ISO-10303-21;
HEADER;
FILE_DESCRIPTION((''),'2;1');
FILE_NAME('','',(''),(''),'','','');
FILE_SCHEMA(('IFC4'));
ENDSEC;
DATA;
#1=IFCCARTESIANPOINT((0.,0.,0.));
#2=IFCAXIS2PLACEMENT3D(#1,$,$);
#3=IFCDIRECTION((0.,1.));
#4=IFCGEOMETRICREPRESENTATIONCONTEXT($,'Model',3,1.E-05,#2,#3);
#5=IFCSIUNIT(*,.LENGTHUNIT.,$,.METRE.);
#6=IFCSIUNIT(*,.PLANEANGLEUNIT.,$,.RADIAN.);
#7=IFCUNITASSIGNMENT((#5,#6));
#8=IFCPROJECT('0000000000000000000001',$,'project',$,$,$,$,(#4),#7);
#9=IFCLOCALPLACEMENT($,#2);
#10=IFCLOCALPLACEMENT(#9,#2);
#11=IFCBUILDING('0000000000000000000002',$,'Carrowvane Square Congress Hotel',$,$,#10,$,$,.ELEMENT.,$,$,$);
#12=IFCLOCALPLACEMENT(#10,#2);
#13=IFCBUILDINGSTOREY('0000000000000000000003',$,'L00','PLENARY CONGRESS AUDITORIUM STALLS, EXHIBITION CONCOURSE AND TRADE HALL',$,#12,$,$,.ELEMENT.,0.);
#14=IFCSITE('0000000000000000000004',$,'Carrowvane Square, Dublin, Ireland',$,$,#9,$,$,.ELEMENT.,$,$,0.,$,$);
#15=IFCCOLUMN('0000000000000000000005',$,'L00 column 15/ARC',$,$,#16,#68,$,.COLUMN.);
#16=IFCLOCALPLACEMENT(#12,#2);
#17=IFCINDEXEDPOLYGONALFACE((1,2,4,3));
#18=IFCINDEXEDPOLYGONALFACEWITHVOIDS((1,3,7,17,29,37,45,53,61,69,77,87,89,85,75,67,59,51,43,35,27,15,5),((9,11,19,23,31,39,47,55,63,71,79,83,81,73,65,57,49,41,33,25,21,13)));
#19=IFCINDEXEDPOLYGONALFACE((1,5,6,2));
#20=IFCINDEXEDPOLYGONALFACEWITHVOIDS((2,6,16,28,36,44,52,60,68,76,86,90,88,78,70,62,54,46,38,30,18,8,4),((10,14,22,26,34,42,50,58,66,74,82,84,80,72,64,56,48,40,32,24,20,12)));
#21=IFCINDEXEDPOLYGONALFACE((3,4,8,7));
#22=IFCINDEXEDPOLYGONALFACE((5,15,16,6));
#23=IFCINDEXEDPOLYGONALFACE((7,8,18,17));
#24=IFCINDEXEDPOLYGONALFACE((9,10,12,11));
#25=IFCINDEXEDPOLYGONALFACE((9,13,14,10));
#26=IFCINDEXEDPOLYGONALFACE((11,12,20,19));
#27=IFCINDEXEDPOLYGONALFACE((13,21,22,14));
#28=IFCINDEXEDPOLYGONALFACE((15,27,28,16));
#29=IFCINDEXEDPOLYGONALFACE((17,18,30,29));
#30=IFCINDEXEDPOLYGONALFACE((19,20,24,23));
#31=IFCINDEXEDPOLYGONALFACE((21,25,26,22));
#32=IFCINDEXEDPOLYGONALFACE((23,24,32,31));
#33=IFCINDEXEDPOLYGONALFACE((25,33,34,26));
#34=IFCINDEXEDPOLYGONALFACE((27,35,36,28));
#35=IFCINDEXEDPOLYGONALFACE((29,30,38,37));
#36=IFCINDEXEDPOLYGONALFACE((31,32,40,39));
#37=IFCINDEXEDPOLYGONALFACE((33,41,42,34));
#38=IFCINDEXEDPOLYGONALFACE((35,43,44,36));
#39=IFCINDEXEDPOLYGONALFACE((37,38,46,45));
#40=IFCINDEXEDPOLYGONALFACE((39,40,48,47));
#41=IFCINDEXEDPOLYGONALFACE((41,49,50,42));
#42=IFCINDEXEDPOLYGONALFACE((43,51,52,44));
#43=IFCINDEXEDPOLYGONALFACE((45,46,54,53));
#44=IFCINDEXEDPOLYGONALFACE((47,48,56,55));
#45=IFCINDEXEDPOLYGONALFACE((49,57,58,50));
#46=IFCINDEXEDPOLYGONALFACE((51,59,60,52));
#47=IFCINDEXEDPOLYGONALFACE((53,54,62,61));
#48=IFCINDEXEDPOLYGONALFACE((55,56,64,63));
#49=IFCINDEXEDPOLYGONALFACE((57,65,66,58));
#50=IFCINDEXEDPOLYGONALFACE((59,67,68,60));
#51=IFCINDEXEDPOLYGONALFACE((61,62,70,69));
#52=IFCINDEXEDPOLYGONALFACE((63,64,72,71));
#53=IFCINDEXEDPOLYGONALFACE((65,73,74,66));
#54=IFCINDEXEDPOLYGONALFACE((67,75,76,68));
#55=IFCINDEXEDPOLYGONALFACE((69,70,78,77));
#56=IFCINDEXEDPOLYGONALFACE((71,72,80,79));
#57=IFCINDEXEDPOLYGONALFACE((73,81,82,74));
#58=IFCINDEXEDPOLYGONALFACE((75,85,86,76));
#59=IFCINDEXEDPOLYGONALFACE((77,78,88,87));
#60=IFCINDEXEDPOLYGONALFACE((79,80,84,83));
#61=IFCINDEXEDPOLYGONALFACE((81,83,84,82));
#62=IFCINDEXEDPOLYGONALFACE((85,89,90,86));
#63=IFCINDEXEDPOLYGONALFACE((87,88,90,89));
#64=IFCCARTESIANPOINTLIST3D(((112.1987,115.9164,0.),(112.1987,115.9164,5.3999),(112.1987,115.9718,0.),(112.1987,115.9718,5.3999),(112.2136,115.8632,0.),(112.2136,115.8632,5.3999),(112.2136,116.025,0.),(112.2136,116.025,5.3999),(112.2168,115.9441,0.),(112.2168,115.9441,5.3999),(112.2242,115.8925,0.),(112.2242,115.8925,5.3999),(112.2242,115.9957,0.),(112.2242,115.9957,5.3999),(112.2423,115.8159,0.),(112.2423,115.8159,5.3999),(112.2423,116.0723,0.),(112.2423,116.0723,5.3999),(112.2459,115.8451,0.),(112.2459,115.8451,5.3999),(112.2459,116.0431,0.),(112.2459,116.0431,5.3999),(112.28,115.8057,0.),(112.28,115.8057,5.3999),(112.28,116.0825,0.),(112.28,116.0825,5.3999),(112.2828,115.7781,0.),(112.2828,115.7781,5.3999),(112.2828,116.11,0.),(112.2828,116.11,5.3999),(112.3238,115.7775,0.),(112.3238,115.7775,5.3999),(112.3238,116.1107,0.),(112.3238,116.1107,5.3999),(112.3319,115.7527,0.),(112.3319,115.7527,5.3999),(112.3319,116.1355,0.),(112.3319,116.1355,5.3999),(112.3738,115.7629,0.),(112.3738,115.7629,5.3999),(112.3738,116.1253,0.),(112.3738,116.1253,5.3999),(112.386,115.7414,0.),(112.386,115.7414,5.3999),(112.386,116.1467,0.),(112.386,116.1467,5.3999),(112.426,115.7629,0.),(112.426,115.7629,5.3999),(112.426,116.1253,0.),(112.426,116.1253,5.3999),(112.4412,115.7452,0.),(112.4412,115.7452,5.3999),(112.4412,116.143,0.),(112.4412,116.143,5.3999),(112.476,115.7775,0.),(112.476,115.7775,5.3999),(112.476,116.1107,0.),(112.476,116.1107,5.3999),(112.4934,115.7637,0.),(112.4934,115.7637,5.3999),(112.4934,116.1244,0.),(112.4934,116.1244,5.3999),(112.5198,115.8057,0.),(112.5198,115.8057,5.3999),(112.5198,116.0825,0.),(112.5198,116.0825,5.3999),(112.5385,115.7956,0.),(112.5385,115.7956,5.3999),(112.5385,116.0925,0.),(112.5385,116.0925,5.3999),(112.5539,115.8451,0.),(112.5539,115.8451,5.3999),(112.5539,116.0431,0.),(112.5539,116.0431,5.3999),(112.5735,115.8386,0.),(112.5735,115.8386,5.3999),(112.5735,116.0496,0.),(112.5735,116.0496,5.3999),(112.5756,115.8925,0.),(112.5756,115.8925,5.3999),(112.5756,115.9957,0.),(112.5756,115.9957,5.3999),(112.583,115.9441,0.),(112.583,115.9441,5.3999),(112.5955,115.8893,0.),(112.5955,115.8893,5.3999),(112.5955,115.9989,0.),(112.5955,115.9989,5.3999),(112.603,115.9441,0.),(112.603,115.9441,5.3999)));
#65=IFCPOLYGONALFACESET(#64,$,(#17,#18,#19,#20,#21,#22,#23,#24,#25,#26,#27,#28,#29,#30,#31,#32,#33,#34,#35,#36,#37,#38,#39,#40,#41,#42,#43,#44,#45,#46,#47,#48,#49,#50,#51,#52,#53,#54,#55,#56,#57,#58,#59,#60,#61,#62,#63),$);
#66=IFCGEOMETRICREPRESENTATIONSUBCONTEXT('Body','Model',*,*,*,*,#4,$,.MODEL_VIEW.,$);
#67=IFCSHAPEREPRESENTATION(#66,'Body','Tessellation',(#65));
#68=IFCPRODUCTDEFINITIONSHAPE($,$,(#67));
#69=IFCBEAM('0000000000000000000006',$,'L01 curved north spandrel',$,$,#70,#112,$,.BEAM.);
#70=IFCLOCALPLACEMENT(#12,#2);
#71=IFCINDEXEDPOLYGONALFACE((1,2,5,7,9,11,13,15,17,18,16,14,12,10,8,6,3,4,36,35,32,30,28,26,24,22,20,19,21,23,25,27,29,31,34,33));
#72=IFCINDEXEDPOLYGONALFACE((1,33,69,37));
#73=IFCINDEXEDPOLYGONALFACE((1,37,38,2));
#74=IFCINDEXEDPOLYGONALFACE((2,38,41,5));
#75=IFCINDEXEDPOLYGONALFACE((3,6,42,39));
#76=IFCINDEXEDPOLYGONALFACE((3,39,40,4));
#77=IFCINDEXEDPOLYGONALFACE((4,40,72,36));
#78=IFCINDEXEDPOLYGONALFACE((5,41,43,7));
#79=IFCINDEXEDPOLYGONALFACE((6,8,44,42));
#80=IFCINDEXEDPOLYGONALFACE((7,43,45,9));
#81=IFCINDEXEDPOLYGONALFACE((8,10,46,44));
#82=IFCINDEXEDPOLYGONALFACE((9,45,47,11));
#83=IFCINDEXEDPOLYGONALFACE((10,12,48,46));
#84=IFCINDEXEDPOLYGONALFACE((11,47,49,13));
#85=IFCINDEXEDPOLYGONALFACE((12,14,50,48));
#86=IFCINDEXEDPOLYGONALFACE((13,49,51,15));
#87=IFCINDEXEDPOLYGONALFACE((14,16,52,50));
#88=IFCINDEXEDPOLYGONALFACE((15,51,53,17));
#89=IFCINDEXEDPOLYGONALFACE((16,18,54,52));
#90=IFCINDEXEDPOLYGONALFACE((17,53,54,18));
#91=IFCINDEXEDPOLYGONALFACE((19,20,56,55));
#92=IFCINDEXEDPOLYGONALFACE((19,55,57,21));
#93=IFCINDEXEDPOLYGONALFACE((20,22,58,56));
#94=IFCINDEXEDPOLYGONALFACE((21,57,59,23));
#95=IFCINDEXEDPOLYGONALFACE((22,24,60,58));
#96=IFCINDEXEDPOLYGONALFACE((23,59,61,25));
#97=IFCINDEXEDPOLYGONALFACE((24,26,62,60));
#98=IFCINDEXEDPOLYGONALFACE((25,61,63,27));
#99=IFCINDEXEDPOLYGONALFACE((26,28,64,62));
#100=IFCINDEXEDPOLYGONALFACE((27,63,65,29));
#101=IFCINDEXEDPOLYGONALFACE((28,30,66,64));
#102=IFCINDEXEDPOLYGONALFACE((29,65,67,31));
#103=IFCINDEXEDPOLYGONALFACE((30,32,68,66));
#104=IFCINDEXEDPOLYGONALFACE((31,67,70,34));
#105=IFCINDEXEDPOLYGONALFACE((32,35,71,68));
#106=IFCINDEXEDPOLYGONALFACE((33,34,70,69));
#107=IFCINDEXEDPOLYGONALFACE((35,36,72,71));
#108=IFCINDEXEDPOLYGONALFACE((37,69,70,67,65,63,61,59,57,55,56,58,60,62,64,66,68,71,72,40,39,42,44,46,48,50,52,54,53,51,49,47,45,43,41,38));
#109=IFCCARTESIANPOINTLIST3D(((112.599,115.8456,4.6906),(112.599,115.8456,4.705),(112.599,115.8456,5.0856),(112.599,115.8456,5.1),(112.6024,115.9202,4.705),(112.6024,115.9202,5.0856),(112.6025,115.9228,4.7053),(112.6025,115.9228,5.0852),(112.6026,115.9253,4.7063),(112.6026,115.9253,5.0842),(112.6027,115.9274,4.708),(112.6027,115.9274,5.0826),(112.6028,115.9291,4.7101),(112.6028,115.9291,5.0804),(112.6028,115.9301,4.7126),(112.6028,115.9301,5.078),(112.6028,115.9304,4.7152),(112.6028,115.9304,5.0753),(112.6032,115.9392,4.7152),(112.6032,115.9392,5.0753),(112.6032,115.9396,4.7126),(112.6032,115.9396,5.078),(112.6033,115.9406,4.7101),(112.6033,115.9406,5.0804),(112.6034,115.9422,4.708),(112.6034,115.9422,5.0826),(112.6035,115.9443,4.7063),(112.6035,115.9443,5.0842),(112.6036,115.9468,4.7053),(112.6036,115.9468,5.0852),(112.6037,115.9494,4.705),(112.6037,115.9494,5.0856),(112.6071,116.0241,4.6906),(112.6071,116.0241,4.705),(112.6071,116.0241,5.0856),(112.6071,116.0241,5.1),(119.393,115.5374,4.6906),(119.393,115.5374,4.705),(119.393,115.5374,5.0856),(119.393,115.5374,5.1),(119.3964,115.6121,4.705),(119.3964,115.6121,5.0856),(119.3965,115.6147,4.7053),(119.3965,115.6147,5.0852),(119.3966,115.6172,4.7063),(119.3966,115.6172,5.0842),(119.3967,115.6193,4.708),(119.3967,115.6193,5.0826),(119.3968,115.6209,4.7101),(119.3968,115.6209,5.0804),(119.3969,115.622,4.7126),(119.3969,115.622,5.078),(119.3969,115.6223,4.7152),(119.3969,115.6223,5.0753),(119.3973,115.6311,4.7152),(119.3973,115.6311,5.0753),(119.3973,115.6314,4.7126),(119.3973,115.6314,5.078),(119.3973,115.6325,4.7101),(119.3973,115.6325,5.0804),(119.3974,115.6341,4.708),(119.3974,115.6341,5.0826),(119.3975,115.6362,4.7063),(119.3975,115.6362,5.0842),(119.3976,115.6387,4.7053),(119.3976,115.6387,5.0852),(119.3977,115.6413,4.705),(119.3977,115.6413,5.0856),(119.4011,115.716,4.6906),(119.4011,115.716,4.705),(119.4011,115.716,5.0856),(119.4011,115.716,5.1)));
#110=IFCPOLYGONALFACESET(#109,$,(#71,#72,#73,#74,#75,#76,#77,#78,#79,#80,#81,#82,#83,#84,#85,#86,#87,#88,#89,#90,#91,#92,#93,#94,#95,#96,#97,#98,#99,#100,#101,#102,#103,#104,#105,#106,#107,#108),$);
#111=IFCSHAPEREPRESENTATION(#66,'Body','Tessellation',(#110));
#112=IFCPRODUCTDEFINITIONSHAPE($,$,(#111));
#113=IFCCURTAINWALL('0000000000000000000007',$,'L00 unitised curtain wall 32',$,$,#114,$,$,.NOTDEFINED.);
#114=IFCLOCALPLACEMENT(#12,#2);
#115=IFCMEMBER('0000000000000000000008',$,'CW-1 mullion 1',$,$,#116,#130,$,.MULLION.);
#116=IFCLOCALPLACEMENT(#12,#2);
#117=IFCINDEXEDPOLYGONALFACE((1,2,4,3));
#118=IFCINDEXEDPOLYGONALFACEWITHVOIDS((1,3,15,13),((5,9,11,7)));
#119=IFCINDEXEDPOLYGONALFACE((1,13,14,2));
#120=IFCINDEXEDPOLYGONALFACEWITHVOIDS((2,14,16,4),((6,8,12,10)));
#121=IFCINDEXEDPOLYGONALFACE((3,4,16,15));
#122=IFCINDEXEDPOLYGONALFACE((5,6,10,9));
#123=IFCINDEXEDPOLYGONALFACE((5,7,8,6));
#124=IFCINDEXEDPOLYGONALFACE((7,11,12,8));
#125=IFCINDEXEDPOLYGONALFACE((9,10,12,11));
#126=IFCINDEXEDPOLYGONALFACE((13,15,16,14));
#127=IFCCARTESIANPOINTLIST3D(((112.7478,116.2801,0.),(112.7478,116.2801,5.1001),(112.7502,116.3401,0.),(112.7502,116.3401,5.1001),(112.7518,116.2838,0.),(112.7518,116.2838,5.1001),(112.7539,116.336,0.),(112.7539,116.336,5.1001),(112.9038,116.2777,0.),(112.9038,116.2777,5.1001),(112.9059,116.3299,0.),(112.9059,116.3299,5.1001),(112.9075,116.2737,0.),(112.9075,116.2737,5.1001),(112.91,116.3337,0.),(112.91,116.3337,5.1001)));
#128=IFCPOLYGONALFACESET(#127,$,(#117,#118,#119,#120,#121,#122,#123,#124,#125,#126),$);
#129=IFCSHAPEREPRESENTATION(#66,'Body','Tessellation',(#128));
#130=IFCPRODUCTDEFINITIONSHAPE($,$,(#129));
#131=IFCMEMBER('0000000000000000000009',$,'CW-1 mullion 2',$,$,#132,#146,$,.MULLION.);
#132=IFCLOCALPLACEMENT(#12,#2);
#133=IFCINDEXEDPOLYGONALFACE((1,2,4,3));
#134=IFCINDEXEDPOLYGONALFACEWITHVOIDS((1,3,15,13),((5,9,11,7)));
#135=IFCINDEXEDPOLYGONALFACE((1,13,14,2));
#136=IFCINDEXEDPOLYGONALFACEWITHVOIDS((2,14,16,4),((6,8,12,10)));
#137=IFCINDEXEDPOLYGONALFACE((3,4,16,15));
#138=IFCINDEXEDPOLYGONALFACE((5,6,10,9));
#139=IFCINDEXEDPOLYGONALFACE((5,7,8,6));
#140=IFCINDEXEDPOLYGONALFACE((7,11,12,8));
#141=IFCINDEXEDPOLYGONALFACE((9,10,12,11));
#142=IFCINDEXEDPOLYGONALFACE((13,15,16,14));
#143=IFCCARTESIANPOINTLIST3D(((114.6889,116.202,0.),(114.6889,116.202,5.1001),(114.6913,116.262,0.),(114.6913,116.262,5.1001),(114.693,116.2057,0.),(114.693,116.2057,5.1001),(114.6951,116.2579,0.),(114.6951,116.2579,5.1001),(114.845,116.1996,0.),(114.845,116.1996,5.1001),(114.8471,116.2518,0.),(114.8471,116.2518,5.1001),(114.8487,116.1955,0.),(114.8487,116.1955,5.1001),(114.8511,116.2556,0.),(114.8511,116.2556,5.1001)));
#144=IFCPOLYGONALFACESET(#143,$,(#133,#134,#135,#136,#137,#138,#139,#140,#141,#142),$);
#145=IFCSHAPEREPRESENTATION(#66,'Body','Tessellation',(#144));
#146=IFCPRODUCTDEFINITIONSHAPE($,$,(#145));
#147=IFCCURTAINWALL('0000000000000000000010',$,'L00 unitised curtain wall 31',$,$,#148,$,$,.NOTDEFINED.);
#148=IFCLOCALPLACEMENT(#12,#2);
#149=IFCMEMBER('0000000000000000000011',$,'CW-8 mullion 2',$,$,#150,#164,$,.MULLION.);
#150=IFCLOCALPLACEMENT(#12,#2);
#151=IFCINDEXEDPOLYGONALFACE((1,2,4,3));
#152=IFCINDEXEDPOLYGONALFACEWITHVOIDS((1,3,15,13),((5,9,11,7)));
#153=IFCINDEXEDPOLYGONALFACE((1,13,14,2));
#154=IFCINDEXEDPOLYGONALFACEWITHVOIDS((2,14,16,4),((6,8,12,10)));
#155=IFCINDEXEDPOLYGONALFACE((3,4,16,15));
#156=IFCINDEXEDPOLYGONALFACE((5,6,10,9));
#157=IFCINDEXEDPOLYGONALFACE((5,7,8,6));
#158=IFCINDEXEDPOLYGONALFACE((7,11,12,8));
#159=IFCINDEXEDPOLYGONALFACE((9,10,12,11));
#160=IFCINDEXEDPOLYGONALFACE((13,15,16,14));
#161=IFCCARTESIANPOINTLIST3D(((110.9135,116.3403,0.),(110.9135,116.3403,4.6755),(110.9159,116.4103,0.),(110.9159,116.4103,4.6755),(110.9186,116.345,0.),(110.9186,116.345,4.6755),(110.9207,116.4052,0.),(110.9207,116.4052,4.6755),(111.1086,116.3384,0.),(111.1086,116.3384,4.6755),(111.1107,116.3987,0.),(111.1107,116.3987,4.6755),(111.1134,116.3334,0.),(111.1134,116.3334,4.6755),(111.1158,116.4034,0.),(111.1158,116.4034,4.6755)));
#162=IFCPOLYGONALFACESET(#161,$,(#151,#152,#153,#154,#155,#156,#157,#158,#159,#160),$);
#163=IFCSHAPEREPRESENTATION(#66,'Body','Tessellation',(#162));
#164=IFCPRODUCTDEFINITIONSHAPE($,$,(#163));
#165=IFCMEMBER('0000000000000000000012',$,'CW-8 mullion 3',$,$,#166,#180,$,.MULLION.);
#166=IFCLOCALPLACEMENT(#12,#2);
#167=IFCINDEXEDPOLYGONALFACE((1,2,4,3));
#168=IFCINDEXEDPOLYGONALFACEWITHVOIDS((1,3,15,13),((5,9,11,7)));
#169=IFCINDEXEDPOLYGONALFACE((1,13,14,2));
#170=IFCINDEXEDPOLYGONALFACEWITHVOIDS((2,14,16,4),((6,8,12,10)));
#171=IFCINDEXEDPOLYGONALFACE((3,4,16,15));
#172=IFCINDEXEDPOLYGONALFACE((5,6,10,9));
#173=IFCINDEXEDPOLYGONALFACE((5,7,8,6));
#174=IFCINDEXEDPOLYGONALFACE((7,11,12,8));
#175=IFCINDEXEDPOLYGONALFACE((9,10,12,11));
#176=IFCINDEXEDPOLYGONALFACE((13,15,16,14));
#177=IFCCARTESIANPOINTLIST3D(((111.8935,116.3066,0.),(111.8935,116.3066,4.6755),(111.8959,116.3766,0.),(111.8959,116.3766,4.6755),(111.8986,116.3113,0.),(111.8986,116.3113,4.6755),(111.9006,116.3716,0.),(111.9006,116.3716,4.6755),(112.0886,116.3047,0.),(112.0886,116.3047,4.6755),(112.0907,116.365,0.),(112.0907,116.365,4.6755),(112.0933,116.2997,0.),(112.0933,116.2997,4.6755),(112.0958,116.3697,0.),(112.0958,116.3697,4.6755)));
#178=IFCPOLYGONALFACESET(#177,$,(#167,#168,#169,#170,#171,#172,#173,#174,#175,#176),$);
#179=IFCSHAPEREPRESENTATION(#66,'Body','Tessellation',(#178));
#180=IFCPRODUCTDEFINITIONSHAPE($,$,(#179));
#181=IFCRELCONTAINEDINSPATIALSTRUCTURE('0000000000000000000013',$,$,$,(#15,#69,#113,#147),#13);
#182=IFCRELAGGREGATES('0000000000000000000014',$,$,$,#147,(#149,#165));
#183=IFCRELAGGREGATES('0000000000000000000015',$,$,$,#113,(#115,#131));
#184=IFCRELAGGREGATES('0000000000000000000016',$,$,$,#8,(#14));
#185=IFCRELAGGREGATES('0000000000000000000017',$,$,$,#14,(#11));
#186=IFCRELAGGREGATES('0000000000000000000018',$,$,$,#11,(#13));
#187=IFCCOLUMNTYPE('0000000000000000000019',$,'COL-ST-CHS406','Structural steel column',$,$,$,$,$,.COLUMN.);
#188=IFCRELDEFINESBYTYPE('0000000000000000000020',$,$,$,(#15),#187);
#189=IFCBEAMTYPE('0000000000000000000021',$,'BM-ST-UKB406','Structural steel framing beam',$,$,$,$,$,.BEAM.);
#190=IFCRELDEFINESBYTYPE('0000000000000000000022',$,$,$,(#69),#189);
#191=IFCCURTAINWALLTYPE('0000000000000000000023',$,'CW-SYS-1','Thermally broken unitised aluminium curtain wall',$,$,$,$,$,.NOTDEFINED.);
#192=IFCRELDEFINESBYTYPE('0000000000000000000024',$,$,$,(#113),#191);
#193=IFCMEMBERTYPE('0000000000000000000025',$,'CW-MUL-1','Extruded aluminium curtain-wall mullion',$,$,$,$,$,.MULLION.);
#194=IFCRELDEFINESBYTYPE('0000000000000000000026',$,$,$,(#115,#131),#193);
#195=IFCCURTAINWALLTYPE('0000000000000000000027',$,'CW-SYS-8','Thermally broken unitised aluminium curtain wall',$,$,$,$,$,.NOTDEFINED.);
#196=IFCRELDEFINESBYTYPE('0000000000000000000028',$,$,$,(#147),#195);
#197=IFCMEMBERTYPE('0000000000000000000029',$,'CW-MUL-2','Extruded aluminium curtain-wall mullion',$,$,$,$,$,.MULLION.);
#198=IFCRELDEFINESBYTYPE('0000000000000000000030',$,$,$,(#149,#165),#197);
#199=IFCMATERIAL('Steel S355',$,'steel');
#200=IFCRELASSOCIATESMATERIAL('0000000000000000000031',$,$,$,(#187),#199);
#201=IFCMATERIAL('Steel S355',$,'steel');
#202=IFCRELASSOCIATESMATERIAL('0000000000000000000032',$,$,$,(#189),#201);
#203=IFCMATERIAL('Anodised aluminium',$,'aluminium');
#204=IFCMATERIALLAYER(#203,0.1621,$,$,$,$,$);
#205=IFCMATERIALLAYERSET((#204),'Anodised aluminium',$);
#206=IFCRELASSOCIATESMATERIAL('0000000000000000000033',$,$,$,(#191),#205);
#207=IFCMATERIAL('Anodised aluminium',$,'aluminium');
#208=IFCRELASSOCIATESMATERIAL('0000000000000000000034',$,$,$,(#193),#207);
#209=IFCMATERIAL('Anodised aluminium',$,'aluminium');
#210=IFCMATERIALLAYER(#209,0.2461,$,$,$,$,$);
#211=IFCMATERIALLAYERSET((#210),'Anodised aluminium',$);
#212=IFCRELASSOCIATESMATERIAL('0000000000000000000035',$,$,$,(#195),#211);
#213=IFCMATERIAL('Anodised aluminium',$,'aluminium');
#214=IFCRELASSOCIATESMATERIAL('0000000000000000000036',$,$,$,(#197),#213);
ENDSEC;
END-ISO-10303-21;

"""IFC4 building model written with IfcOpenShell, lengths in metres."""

from ifc_helpers import new_model, si_unit, direction, frame, origin, origin_2d, place, context, subcontext, project, spatial, hollow_rectangle, hollow_circle, i_section, extrude, material, layer, layer_set, material_profile, profile_set, type_object, element, aggregate, save


model = new_model("IFC4")

# Units and contexts
model_context = context("Model", 3, precision=1e-05, world=origin(), true_north=direction((0.0, 1.0)))
body_context = subcontext(model_context, "Body", "Model", "MODEL_VIEW")
ifc_project = project(units=[si_unit("LENGTHUNIT", "METRE"), si_unit("PLANEANGLEUNIT", "RADIAN")], contexts=[model_context])

# Site, building, storey
site_placement = place(None, origin())
site = spatial("IfcSite", under=ifc_project, at=site_placement, Name="Carrowvane Square, Dublin, Ireland", CompositionType="ELEMENT", RefElevation=0.0)
building_placement = place(site_placement, origin())
building = spatial("IfcBuilding", under=site, at=building_placement, Name="Carrowvane Square Congress Hotel", CompositionType="ELEMENT")
storey_placement = place(building_placement, origin())
storey = spatial("IfcBuildingStorey", under=building, at=storey_placement, Name="L00", Description="PLENARY CONGRESS AUDITORIUM STALLS, EXHIBITION CONCOURSE AND TRADE HALL", CompositionType="ELEMENT", Elevation=0.0)

# Column
ifc_material_1 = material(Name="Steel S355", Category="steel")
ifc_material_profile_1 = material_profile(ifc_material_1, hollow_circle(Radius=0.2031, WallThickness=0.02, at=origin_2d()), Name="CHS 406.4x20")
ifc_profile_set_1 = profile_set([ifc_material_profile_1], Name="Steel S355")
column_type = type_object("IfcColumnType", Name="COL-ST-CHS406", Description="Structural steel column", PredefinedType="COLUMN", material=ifc_profile_set_1)
column_placement = place(storey_placement, frame((112.3999, 115.9441, 0.0), z_axis=(0.0, 0.0, 1.0), x_axis=(1.0, 0.0, 0.0)))
element("IfcColumn", 1, at=column_placement, inside=storey, type_object=column_type, Name="L00 column 15/ARC", PredefinedType="COLUMN", context=body_context, shape_type="SweptSolid", body=[
    extrude(hollow_circle(Radius=0.2031, WallThickness=0.02, at=origin_2d()), origin(), (0.0, 0.0, 1.0), 5.3999),
])

# Beam
ifc_material_2 = material(Name="Steel S355", Category="steel")
ifc_material_profile_2 = material_profile(ifc_material_2, i_section(OverallWidth=0.1787, OverallDepth=0.4094, WebThickness=0.0088, FlangeThickness=0.0144, FilletRadius=0.0103, at=origin_2d()), Name="UKB 406x178x67")
ifc_profile_set_2 = profile_set([ifc_material_profile_2], Name="Steel S355")
beam_type = type_object("IfcBeamType", Name="BM-ST-UKB406", Description="Structural steel framing beam", PredefinedType="BEAM", material=ifc_profile_set_2)
beam_placement = place(storey_placement, frame((112.603, 115.9348, 4.8953), z_axis=(0.998973, -0.045303, 0.0), x_axis=(0.045303, 0.998973, 0.0)))
element("IfcBeam", 2, at=beam_placement, inside=storey, type_object=beam_type, Name="L01 curved north spandrel", PredefinedType="BEAM", context=body_context, shape_type="SweptSolid", body=[
    extrude(i_section(OverallWidth=0.1787, OverallDepth=0.4094, WebThickness=0.0088, FlangeThickness=0.0144, FilletRadius=0.0103, at=origin_2d()), origin(), (0.0, 0.0, 1.0), 6.801),
])

# Curtain walls, members
ifc_material_3 = material(Name="Anodised aluminium", Category="aluminium")
ifc_layer_1 = layer(ifc_material_3, 0.1621)
ifc_layer_set_1 = layer_set([ifc_layer_1], Name="Anodised aluminium")
curtain_wall_type_1 = type_object("IfcCurtainWallType", Name="CW-SYS-1", Description="Thermally broken unitised aluminium curtain wall", PredefinedType="NOTDEFINED", material=ifc_layer_set_1)
curtain_wall_1_placement = place(storey_placement, origin())
curtain_wall_1 = element("IfcCurtainWall", 3, at=curtain_wall_1_placement, inside=storey, type_object=curtain_wall_type_1, Name="L00 unitised curtain wall 32", PredefinedType="NOTDEFINED")
ifc_material_4 = material(Name="Anodised aluminium", Category="aluminium")
ifc_material_profile_3 = material_profile(ifc_material_4, hollow_rectangle(XDim=0.0601, YDim=0.1599, WallThickness=0.0039, at=origin_2d()), Name="CW-ML 60x160x4")
ifc_profile_set_3 = profile_set([ifc_material_profile_3], Name="Anodised aluminium")
member_type_1 = type_object("IfcMemberType", Name="CW-MUL-1", Description="Extruded aluminium curtain-wall mullion", PredefinedType="MULLION", material=ifc_profile_set_3)
member_1_placement = place(storey_placement, frame((112.8289, 116.3069, 0.0), z_axis=(0.0, 0.0, 1.0), x_axis=(0.040131, 0.999194, 0.0)))
member_1 = element("IfcMember", 4, at=member_1_placement, type_object=member_type_1, Name="CW-1 mullion 1", PredefinedType="MULLION", context=body_context, shape_type="SweptSolid", body=[
    extrude(hollow_rectangle(XDim=0.0601, YDim=0.1599, WallThickness=0.0039, at=origin_2d()), origin(), (0.0, 0.0, 1.0), 5.1001),
])
member_2_placement = place(storey_placement, frame((114.77, 116.2288, 0.0), z_axis=(0.0, 0.0, 1.0), x_axis=(0.040131, 0.999194, 0.0)))
member_2 = element("IfcMember", 5, at=member_2_placement, type_object=member_type_1, Name="CW-1 mullion 2", PredefinedType="MULLION", context=body_context, shape_type="SweptSolid", body=[
    extrude(hollow_rectangle(XDim=0.0601, YDim=0.1599, WallThickness=0.0039, at=origin_2d()), origin(), (0.0, 0.0, 1.0), 5.1001),
])
ifc_material_5 = material(Name="Anodised aluminium", Category="aluminium")
ifc_layer_2 = layer(ifc_material_5, 0.2461)
ifc_layer_set_2 = layer_set([ifc_layer_2], Name="Anodised aluminium")
curtain_wall_type_2 = type_object("IfcCurtainWallType", Name="CW-SYS-8", Description="Thermally broken unitised aluminium curtain wall", PredefinedType="NOTDEFINED", material=ifc_layer_set_2)
curtain_wall_2_placement = place(storey_placement, origin())
curtain_wall_2 = element("IfcCurtainWall", 6, at=curtain_wall_2_placement, inside=storey, type_object=curtain_wall_type_2, Name="L00 unitised curtain wall 31", PredefinedType="NOTDEFINED")
ifc_material_6 = material(Name="Anodised aluminium", Category="aluminium")
ifc_material_profile_4 = material_profile(ifc_material_6, hollow_rectangle(XDim=0.0701, YDim=0.2, WallThickness=0.0049, at=origin_2d()), Name="CW-ML 70x200x5")
ifc_profile_set_4 = profile_set([ifc_material_profile_4], Name="Anodised aluminium")
member_type_2 = type_object("IfcMemberType", Name="CW-MUL-2", Description="Extruded aluminium curtain-wall mullion", PredefinedType="MULLION", material=ifc_profile_set_4)
member_3_placement = place(storey_placement, frame((111.0146, 116.3718, 0.0), z_axis=(0.0, 0.0, 1.0), x_axis=(0.03453, 0.999404, 0.0)))
member_3 = element("IfcMember", 7, at=member_3_placement, type_object=member_type_2, Name="CW-8 mullion 2", PredefinedType="MULLION", context=body_context, shape_type="SweptSolid", body=[
    extrude(hollow_rectangle(XDim=0.0701, YDim=0.2, WallThickness=0.0049, at=origin_2d()), origin(), (0.0, 0.0, 1.0), 4.6755),
])
member_4_placement = place(storey_placement, frame((111.9946, 116.3381, 0.0), z_axis=(0.0, 0.0, 1.0), x_axis=(0.03453, 0.999404, 0.0)))
member_4 = element("IfcMember", 8, at=member_4_placement, type_object=member_type_2, Name="CW-8 mullion 3", PredefinedType="MULLION", context=body_context, shape_type="SweptSolid", body=[
    extrude(hollow_rectangle(XDim=0.0701, YDim=0.2, WallThickness=0.0049, at=origin_2d()), origin(), (0.0, 0.0, 1.0), 4.6755),
])

aggregate(curtain_wall_2, [member_3, member_4])
aggregate(curtain_wall_1, [member_1, member_2])

save(model, "model.ifc")
